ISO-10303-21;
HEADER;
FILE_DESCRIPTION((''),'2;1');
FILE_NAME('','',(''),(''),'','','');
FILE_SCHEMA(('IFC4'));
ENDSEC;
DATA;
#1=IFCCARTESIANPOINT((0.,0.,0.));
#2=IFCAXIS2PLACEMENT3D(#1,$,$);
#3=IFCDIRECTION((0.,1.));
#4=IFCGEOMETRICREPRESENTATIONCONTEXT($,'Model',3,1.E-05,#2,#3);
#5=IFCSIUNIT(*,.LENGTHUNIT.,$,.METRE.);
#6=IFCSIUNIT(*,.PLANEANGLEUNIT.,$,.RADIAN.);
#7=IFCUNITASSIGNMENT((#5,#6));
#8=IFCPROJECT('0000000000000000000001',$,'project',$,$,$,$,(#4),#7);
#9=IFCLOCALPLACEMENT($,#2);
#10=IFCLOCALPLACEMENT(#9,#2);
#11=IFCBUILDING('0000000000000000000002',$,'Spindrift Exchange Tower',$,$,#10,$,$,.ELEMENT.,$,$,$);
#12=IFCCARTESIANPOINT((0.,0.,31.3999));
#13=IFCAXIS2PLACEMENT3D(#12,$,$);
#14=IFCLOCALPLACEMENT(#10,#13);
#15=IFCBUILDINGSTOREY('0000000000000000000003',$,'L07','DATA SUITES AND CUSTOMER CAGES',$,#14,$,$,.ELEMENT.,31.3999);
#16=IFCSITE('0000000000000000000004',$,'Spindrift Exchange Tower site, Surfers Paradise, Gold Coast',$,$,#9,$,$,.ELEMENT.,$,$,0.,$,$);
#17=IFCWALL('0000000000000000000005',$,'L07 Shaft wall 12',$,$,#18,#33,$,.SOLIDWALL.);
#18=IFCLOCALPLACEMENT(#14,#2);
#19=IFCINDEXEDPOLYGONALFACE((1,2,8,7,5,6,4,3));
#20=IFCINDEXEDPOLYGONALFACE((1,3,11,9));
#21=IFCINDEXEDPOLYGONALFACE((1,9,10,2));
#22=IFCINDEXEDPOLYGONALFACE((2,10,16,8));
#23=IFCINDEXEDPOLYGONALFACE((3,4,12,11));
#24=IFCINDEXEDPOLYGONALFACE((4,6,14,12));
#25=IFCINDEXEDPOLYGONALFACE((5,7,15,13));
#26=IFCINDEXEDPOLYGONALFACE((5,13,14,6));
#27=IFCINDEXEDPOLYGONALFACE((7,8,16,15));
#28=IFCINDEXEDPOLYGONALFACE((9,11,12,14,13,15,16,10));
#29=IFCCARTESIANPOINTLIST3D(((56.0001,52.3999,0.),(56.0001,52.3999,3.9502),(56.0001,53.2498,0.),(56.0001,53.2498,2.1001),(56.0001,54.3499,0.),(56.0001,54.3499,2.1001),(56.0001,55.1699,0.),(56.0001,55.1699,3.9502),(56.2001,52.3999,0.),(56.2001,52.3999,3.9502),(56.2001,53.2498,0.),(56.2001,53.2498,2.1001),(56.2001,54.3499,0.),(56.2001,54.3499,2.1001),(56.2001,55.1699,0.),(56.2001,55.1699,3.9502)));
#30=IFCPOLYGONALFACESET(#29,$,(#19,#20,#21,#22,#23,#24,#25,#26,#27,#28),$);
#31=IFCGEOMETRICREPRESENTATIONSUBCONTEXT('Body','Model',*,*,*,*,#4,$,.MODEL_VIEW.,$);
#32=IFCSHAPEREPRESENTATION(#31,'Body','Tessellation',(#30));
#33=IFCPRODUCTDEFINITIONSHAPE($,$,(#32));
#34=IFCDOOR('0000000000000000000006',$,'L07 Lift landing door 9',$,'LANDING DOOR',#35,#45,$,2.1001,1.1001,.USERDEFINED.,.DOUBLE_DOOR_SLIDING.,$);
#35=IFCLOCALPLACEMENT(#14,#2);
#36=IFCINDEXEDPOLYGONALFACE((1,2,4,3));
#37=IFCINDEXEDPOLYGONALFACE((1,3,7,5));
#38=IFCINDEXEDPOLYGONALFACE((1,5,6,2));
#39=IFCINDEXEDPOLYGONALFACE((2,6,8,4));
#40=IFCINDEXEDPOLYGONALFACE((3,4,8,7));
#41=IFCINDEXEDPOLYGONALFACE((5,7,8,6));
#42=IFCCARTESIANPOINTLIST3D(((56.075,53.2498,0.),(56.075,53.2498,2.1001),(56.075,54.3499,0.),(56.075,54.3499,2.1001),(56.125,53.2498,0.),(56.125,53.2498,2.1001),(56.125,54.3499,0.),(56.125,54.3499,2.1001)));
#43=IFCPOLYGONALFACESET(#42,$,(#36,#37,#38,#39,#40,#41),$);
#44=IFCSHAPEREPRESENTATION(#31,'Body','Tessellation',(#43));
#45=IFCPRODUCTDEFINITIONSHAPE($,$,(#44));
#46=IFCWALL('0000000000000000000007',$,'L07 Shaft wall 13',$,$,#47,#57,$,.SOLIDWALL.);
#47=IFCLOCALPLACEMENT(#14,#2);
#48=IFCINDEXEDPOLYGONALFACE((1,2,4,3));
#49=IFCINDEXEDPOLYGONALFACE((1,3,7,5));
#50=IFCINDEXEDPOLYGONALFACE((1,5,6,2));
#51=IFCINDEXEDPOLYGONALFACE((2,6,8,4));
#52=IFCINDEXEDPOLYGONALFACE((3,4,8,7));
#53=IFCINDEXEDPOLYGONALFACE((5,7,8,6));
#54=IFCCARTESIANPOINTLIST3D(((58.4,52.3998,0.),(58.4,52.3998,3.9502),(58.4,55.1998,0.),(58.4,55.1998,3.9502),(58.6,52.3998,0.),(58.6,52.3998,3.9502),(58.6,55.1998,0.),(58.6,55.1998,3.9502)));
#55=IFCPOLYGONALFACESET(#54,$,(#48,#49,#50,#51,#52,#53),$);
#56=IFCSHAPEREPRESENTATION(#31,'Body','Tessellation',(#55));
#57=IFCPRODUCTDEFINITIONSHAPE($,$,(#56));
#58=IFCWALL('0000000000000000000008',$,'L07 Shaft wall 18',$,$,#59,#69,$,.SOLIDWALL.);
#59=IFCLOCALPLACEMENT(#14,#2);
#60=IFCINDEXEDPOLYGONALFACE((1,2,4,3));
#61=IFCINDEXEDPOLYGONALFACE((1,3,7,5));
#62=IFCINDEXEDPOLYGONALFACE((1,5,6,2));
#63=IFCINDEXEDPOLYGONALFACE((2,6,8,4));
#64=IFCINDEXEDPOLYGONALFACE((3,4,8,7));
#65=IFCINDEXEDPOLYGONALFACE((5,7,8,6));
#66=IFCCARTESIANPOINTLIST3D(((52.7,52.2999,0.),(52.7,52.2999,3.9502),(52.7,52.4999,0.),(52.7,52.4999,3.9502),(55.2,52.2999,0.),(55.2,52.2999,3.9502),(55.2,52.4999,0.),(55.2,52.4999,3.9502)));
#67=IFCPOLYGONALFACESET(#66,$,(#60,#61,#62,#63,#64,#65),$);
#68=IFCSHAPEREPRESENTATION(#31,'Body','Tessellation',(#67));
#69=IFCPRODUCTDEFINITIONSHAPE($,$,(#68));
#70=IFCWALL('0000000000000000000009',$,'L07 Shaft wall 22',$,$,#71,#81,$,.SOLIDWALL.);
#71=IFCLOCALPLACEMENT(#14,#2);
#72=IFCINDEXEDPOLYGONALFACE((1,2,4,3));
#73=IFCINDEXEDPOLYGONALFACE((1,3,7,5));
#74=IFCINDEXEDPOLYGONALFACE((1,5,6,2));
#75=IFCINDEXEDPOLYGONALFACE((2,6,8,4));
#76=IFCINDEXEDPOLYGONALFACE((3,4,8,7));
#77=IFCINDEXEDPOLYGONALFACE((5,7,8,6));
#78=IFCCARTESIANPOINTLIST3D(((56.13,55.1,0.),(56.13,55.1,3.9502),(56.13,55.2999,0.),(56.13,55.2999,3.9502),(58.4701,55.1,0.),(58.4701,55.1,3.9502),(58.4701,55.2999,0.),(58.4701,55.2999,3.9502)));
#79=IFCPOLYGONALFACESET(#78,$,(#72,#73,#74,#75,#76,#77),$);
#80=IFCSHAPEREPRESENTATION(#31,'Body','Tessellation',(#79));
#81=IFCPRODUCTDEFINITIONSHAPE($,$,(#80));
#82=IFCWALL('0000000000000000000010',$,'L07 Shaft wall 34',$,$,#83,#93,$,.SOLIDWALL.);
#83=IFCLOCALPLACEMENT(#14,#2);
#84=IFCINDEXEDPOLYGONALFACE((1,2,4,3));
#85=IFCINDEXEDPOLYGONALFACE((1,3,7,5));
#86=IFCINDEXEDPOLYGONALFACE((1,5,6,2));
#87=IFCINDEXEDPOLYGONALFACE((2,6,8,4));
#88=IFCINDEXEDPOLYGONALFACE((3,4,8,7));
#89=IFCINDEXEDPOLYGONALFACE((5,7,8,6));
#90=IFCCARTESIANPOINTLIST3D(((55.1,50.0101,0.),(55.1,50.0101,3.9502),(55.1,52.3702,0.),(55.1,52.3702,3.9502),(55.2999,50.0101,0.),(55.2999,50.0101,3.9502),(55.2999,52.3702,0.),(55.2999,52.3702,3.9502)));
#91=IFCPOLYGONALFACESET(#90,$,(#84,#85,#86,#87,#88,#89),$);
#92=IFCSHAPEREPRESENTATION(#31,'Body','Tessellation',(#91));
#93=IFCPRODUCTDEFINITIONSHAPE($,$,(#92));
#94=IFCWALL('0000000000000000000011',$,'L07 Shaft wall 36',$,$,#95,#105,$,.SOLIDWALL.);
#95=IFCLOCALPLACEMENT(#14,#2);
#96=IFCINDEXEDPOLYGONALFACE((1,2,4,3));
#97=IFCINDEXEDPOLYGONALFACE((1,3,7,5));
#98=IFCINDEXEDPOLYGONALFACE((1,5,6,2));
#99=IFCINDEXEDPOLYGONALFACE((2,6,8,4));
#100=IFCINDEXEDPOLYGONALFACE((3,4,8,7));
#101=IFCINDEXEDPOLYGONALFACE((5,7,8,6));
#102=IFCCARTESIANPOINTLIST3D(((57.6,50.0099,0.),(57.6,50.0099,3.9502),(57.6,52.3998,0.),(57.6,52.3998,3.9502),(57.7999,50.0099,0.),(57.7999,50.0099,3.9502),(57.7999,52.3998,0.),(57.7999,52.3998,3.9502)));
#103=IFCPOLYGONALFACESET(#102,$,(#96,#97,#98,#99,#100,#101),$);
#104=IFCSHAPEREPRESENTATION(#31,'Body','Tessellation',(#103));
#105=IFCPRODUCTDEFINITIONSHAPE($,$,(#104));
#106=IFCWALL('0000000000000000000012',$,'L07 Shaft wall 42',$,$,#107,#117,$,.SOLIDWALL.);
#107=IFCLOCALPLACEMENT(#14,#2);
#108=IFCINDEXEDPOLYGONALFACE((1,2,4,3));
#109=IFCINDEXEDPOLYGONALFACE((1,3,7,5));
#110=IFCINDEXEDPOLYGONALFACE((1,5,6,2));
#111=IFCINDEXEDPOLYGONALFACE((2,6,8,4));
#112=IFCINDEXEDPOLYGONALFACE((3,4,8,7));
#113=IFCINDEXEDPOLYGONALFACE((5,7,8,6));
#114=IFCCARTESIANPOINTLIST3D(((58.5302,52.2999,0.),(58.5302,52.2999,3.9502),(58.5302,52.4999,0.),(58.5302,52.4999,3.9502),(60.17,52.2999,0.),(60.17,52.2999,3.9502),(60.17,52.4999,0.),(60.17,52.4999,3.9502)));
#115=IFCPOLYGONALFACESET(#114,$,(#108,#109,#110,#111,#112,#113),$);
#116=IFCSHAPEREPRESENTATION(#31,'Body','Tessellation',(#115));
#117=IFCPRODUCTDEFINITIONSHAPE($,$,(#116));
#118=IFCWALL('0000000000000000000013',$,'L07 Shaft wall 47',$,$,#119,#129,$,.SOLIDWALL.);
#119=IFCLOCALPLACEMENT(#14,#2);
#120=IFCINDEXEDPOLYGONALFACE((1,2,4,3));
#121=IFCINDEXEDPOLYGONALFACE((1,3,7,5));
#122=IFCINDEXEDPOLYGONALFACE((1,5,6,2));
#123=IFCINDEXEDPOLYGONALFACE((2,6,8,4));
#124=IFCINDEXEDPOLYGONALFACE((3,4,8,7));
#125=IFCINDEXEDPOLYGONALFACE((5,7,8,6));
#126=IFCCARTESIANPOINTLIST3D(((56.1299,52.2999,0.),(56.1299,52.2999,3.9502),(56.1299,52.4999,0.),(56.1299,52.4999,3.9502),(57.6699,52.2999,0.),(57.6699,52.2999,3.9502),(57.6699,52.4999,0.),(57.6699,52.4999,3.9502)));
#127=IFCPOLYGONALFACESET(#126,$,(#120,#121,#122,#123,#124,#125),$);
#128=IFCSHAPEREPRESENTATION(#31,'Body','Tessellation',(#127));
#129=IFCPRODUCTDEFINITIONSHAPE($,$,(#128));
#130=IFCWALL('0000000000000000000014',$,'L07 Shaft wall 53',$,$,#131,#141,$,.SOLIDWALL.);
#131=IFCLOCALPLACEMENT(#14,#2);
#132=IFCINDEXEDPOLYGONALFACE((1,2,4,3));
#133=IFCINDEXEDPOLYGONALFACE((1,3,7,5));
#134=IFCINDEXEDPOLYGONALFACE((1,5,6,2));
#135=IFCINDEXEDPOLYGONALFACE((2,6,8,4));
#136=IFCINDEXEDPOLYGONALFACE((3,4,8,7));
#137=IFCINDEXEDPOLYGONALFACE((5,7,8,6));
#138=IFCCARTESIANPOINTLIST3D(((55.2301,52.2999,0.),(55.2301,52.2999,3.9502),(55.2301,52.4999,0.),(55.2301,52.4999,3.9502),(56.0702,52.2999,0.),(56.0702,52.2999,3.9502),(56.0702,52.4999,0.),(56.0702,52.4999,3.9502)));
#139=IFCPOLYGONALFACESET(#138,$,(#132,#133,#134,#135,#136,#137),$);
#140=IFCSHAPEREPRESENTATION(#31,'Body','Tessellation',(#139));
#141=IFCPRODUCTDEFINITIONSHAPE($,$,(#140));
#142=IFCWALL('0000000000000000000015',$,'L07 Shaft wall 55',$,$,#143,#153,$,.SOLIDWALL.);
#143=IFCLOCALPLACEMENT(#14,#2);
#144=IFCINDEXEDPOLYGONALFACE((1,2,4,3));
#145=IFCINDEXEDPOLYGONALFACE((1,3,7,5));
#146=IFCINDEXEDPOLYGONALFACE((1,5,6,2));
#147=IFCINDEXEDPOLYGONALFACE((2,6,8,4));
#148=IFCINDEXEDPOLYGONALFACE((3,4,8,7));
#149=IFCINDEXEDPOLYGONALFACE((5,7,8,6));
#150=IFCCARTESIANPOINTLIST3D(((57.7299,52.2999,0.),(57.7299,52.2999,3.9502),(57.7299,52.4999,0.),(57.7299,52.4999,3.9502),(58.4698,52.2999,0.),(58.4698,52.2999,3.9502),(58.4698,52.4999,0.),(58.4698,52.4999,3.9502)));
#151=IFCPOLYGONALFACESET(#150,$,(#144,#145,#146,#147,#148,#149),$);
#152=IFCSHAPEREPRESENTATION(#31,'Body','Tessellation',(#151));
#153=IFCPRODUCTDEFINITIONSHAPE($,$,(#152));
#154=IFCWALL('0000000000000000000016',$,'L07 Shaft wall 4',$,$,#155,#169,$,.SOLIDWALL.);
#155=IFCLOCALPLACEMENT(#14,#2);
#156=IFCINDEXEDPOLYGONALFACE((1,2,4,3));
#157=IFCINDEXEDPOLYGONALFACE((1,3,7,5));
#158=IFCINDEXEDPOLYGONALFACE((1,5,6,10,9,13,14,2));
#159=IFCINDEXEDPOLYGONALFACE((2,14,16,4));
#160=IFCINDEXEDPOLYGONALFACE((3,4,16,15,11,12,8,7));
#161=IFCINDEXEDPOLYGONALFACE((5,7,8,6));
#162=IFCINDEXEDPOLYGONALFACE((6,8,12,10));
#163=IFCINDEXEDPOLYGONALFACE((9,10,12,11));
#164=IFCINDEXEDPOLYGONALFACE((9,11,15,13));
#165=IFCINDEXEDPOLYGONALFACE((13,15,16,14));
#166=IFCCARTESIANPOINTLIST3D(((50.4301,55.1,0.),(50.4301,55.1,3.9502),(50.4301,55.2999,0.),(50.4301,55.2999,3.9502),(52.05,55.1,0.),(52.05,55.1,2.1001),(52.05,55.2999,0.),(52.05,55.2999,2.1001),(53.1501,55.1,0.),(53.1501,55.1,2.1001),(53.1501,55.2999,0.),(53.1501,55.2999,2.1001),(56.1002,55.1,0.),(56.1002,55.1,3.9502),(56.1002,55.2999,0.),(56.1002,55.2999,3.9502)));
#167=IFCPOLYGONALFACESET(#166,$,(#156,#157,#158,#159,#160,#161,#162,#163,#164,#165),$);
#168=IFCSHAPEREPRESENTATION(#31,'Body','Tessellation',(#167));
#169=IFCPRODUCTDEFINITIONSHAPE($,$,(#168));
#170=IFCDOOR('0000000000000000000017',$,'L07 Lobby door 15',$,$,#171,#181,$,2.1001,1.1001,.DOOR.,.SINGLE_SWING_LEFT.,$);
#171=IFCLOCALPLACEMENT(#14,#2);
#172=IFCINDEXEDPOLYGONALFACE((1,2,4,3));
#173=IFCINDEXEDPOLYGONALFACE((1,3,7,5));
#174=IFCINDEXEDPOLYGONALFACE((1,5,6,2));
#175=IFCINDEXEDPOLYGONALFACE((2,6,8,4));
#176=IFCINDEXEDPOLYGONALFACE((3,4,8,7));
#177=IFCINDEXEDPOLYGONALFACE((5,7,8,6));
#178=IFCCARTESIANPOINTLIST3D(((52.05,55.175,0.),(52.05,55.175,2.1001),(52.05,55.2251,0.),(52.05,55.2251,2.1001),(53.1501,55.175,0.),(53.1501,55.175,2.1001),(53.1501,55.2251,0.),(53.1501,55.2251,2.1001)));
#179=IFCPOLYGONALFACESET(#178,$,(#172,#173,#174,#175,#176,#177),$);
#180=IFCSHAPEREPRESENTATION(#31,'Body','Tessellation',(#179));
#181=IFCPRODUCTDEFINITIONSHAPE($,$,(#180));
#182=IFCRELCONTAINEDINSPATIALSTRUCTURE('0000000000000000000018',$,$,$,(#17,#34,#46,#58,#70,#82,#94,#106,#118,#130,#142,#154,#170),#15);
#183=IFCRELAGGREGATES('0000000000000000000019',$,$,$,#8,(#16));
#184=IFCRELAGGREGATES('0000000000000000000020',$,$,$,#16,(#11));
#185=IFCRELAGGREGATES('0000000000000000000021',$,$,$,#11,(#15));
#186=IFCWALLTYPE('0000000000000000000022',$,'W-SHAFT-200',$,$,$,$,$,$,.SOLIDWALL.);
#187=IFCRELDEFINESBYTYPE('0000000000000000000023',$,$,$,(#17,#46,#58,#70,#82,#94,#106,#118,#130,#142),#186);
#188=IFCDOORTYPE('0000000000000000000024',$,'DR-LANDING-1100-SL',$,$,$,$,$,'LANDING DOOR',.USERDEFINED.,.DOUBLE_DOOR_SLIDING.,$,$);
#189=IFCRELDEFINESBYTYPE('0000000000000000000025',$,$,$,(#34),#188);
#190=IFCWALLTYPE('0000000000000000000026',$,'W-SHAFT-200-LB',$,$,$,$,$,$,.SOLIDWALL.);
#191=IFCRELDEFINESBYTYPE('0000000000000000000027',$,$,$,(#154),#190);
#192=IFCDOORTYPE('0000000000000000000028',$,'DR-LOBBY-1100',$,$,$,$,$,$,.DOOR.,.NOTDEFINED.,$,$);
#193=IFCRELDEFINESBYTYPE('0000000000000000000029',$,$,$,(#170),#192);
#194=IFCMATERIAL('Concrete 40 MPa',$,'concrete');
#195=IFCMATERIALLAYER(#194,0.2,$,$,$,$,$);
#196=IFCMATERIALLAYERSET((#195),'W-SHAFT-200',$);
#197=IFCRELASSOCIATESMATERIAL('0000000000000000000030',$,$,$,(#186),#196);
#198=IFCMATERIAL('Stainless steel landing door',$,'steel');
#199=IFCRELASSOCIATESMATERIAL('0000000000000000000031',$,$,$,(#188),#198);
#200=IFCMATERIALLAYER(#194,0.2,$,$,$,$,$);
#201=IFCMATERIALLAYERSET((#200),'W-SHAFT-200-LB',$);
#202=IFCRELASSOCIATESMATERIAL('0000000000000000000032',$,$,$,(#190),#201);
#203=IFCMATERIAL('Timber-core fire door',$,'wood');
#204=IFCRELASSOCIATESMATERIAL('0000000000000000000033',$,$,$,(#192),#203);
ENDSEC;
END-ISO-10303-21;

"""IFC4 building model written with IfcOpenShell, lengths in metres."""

from ifc_helpers import new_model, si_unit, direction, frame, frame_2d, origin, place, context, subcontext, project, spatial, rectangle, extrude, source, transform, mapped, material, layer, layer_set, type_object, element, fill, save


model = new_model("IFC4")

# Units and contexts
model_context = context("Model", 3, precision=1e-05, world=origin(), true_north=direction((0.0, 1.0)))
body_context = subcontext(model_context, "Body", "Model", "MODEL_VIEW")
ifc_project = project(units=[si_unit("LENGTHUNIT", "METRE"), si_unit("PLANEANGLEUNIT", "RADIAN")], contexts=[model_context])

# Site, building, storey
site_placement = place(None, origin())
site = spatial("IfcSite", under=ifc_project, at=site_placement, Name="Spindrift Exchange Tower site, Surfers Paradise, Gold Coast", CompositionType="ELEMENT", RefElevation=0.0)
building_placement = place(site_placement, origin())
building = spatial("IfcBuilding", under=site, at=building_placement, Name="Spindrift Exchange Tower", CompositionType="ELEMENT")
storey_placement = place(building_placement, frame((0.0, 0.0, 31.3999)))
storey = spatial("IfcBuildingStorey", under=building, at=storey_placement, Name="L07", Description="DATA SUITES AND CUSTOMER CAGES", CompositionType="ELEMENT", Elevation=31.3999)

# Wall, opening, door
ifc_material_1 = material(Name="Concrete 40 MPa", Category="concrete")
ifc_layer_1 = layer(ifc_material_1, 0.2)
ifc_layer_set_1 = layer_set([ifc_layer_1], Name="W-SHAFT-200")
wall_type_1 = type_object("IfcWallType", Name="W-SHAFT-200", PredefinedType="SOLIDWALL", material=ifc_layer_set_1)
wall_1_placement = place(storey_placement, frame((56.1001, 55.1699, 0.0), z_axis=(0.0, 0.0, 1.0), x_axis=(0.0, -1.0, 0.0)))
wall_1 = element("IfcWall", 1, at=wall_1_placement, inside=storey, type_object=wall_type_1, Name="L07 Shaft wall 12", PredefinedType="SOLIDWALL", context=body_context, shape_type="SweptSolid", body=[
    extrude(rectangle(XDim=2.77, YDim=0.2, at=frame_2d((1.385, 0.0))), origin(), (0.0, 0.0, 1.0), 3.9502),
])
opening_1_placement = place(wall_1_placement, frame((0.8201, 0.0, 0.0)))
opening_1 = element("IfcOpeningElement", 2, at=opening_1_placement, cuts=wall_1, PredefinedType="OPENING", context=body_context, shape_type="SweptSolid", body=[
    extrude(rectangle(XDim=1.1001, YDim=2.1001, at=frame_2d((0.55, 1.05))), frame((0.0, 0.1099, 0.0), z_axis=(0.0, -1.0, 0.0), x_axis=(1.0, 0.0, 0.0)), (0.0, 0.0, 1.0), 0.22),
])
ifc_material_2 = material(Name="Stainless steel landing door", Category="steel")
door_type_1 = type_object("IfcDoorType", Name="DR-LANDING-1100-SL", ElementType="LANDING DOOR", OperationType="DOUBLE_DOOR_SLIDING", PredefinedType="USERDEFINED", material=ifc_material_2)
shared_shape_1 = source(origin(), body_context, "Body", "SweptSolid", [
    extrude(rectangle(XDim=1.1001, YDim=2.1001, at=frame_2d((0.55, 1.05))), frame((0.0, 0.0249, 0.0), z_axis=(0.0, -1.0, 0.0), x_axis=(1.0, 0.0, 0.0)), (0.0, 0.0, 1.0), 0.05),
])
door_1_placement = place(opening_1_placement, origin())
door_1 = element("IfcDoor", 3, at=door_1_placement, inside=storey, type_object=door_type_1, Name="L07 Lift landing door 9", ObjectType="LANDING DOOR", OperationType="DOUBLE_DOOR_SLIDING", OverallHeight=2.1001, OverallWidth=1.1001, PredefinedType="USERDEFINED", context=body_context, shape_type="MappedRepresentation", body=[
    mapped(shared_shape_1, transform((0.0, 0.0, 0.0), scale=1.0)),
])
fill(opening_1, door_1)

# Walls
wall_2_placement = place(storey_placement, frame((58.5, 52.3999, 0.0), z_axis=(0.0, 0.0, 1.0), x_axis=(0.0, 1.0, 0.0)))
element("IfcWall", 4, at=wall_2_placement, inside=storey, type_object=wall_type_1, Name="L07 Shaft wall 13", PredefinedType="SOLIDWALL", context=body_context, shape_type="SweptSolid", body=[
    extrude(rectangle(XDim=2.8, YDim=0.2, at=frame_2d((1.3999, 0.0))), origin(), (0.0, 0.0, 1.0), 3.9502),
])
wall_3_placement = place(storey_placement, frame((55.2, 52.3999, 0.0), z_axis=(0.0, 0.0, 1.0), x_axis=(-1.0, 0.0, 0.0)))
element("IfcWall", 5, at=wall_3_placement, inside=storey, type_object=wall_type_1, Name="L07 Shaft wall 18", PredefinedType="SOLIDWALL", context=body_context, shape_type="SweptSolid", body=[
    extrude(rectangle(XDim=2.5, YDim=0.2, at=frame_2d((1.25, 0.0))), origin(), (0.0, 0.0, 1.0), 3.9502),
])
wall_4_placement = place(storey_placement, frame((58.47, 55.2, 0.0), z_axis=(0.0, 0.0, 1.0), x_axis=(-1.0, 0.0, 0.0)))
element("IfcWall", 6, at=wall_4_placement, inside=storey, type_object=wall_type_1, Name="L07 Shaft wall 22", PredefinedType="SOLIDWALL", context=body_context, shape_type="SweptSolid", body=[
    extrude(rectangle(XDim=2.3401, YDim=0.2, at=frame_2d((1.1699, 0.0))), origin(), (0.0, 0.0, 1.0), 3.9502),
])
wall_5_placement = place(storey_placement, frame((55.2, 50.01, 0.0), z_axis=(0.0, 0.0, 1.0), x_axis=(0.0, 1.0, 0.0)))
element("IfcWall", 7, at=wall_5_placement, inside=storey, type_object=wall_type_1, Name="L07 Shaft wall 34", PredefinedType="SOLIDWALL", context=body_context, shape_type="SweptSolid", body=[
    extrude(rectangle(XDim=2.3601, YDim=0.2, at=frame_2d((1.1802, 0.0))), origin(), (0.0, 0.0, 1.0), 3.9502),
])
wall_6_placement = place(storey_placement, frame((57.7, 50.01, 0.0), z_axis=(0.0, 0.0, 1.0), x_axis=(0.0, 1.0, 0.0)))
element("IfcWall", 8, at=wall_6_placement, inside=storey, type_object=wall_type_1, Name="L07 Shaft wall 36", PredefinedType="SOLIDWALL", context=body_context, shape_type="SweptSolid", body=[
    extrude(rectangle(XDim=2.3899, YDim=0.2, at=frame_2d((1.1948, 0.0))), origin(), (0.0, 0.0, 1.0), 3.9502),
])
wall_7_placement = place(storey_placement, frame((60.1699, 52.3999, 0.0), z_axis=(0.0, 0.0, 1.0), x_axis=(-1.0, 0.0, 0.0)))
element("IfcWall", 9, at=wall_7_placement, inside=storey, type_object=wall_type_1, Name="L07 Shaft wall 42", PredefinedType="SOLIDWALL", context=body_context, shape_type="SweptSolid", body=[
    extrude(rectangle(XDim=1.6399, YDim=0.2, at=frame_2d((0.8198, 0.0))), origin(), (0.0, 0.0, 1.0), 3.9502),
])
wall_8_placement = place(storey_placement, frame((57.6699, 52.3999, 0.0), z_axis=(0.0, 0.0, 1.0), x_axis=(-1.0, 0.0, 0.0)))
element("IfcWall", 10, at=wall_8_placement, inside=storey, type_object=wall_type_1, Name="L07 Shaft wall 47", PredefinedType="SOLIDWALL", context=body_context, shape_type="SweptSolid", body=[
    extrude(rectangle(XDim=1.54, YDim=0.2, at=frame_2d((0.77, 0.0))), origin(), (0.0, 0.0, 1.0), 3.9502),
])
wall_9_placement = place(storey_placement, frame((56.0701, 52.3999, 0.0), z_axis=(0.0, 0.0, 1.0), x_axis=(-1.0, 0.0, 0.0)))
element("IfcWall", 11, at=wall_9_placement, inside=storey, type_object=wall_type_1, Name="L07 Shaft wall 53", PredefinedType="SOLIDWALL", context=body_context, shape_type="SweptSolid", body=[
    extrude(rectangle(XDim=0.8401, YDim=0.2, at=frame_2d((0.4199, 0.0))), origin(), (0.0, 0.0, 1.0), 3.9502),
])
wall_10_placement = place(storey_placement, frame((58.47, 52.3999, 0.0), z_axis=(0.0, 0.0, 1.0), x_axis=(-1.0, 0.0, 0.0)))
element("IfcWall", 12, at=wall_10_placement, inside=storey, type_object=wall_type_1, Name="L07 Shaft wall 55", PredefinedType="SOLIDWALL", context=body_context, shape_type="SweptSolid", body=[
    extrude(rectangle(XDim=0.74, YDim=0.2, at=frame_2d((0.3701, 0.0))), origin(), (0.0, 0.0, 1.0), 3.9502),
])

# Wall, opening, door
ifc_layer_2 = layer(ifc_material_1, 0.2)
ifc_layer_set_2 = layer_set([ifc_layer_2], Name="W-SHAFT-200-LB")
wall_type_2 = type_object("IfcWallType", Name="W-SHAFT-200-LB", PredefinedType="SOLIDWALL", material=ifc_layer_set_2)
wall_11_placement = place(storey_placement, frame((56.1001, 55.2, 0.0), z_axis=(0.0, 0.0, 1.0), x_axis=(-1.0, 0.0, 0.0)))
wall_11 = element("IfcWall", 13, at=wall_11_placement, inside=storey, type_object=wall_type_2, Name="L07 Shaft wall 4", PredefinedType="SOLIDWALL", context=body_context, shape_type="SweptSolid", body=[
    extrude(rectangle(XDim=5.6702, YDim=0.2, at=frame_2d((2.835, 0.0))), origin(), (0.0, 0.0, 1.0), 3.9502),
])
opening_2_placement = place(wall_11_placement, frame((2.95, 0.0, 0.0)))
opening_2 = element("IfcOpeningElement", 14, at=opening_2_placement, cuts=wall_11, PredefinedType="OPENING", context=body_context, shape_type="SweptSolid", body=[
    extrude(rectangle(XDim=1.1001, YDim=2.1001, at=frame_2d((0.55, 1.05))), frame((0.0, 0.1099, 0.0), z_axis=(0.0, -1.0, 0.0), x_axis=(1.0, 0.0, 0.0)), (0.0, 0.0, 1.0), 0.22),
])
ifc_material_3 = material(Name="Timber-core fire door", Category="wood")
door_type_2 = type_object("IfcDoorType", Name="DR-LOBBY-1100", OperationType="NOTDEFINED", PredefinedType="DOOR", material=ifc_material_3)
shared_shape_2 = source(origin(), body_context, "Body", "SweptSolid", [
    extrude(rectangle(XDim=1.1001, YDim=2.1001, at=frame_2d((0.55, 1.05))), frame((0.0, 0.0249, 0.0), z_axis=(0.0, -1.0, 0.0), x_axis=(1.0, 0.0, 0.0)), (0.0, 0.0, 1.0), 0.05),
])
door_2_placement = place(opening_2_placement, origin())
door_2 = element("IfcDoor", 15, at=door_2_placement, inside=storey, type_object=door_type_2, Name="L07 Lobby door 15", OperationType="SINGLE_SWING_LEFT", OverallHeight=2.1001, OverallWidth=1.1001, PredefinedType="DOOR", context=body_context, shape_type="MappedRepresentation", body=[
    mapped(shared_shape_2, transform((0.0, 0.0, 0.0), scale=1.0)),
])
fill(opening_2, door_2)

save(model, "model.ifc")
